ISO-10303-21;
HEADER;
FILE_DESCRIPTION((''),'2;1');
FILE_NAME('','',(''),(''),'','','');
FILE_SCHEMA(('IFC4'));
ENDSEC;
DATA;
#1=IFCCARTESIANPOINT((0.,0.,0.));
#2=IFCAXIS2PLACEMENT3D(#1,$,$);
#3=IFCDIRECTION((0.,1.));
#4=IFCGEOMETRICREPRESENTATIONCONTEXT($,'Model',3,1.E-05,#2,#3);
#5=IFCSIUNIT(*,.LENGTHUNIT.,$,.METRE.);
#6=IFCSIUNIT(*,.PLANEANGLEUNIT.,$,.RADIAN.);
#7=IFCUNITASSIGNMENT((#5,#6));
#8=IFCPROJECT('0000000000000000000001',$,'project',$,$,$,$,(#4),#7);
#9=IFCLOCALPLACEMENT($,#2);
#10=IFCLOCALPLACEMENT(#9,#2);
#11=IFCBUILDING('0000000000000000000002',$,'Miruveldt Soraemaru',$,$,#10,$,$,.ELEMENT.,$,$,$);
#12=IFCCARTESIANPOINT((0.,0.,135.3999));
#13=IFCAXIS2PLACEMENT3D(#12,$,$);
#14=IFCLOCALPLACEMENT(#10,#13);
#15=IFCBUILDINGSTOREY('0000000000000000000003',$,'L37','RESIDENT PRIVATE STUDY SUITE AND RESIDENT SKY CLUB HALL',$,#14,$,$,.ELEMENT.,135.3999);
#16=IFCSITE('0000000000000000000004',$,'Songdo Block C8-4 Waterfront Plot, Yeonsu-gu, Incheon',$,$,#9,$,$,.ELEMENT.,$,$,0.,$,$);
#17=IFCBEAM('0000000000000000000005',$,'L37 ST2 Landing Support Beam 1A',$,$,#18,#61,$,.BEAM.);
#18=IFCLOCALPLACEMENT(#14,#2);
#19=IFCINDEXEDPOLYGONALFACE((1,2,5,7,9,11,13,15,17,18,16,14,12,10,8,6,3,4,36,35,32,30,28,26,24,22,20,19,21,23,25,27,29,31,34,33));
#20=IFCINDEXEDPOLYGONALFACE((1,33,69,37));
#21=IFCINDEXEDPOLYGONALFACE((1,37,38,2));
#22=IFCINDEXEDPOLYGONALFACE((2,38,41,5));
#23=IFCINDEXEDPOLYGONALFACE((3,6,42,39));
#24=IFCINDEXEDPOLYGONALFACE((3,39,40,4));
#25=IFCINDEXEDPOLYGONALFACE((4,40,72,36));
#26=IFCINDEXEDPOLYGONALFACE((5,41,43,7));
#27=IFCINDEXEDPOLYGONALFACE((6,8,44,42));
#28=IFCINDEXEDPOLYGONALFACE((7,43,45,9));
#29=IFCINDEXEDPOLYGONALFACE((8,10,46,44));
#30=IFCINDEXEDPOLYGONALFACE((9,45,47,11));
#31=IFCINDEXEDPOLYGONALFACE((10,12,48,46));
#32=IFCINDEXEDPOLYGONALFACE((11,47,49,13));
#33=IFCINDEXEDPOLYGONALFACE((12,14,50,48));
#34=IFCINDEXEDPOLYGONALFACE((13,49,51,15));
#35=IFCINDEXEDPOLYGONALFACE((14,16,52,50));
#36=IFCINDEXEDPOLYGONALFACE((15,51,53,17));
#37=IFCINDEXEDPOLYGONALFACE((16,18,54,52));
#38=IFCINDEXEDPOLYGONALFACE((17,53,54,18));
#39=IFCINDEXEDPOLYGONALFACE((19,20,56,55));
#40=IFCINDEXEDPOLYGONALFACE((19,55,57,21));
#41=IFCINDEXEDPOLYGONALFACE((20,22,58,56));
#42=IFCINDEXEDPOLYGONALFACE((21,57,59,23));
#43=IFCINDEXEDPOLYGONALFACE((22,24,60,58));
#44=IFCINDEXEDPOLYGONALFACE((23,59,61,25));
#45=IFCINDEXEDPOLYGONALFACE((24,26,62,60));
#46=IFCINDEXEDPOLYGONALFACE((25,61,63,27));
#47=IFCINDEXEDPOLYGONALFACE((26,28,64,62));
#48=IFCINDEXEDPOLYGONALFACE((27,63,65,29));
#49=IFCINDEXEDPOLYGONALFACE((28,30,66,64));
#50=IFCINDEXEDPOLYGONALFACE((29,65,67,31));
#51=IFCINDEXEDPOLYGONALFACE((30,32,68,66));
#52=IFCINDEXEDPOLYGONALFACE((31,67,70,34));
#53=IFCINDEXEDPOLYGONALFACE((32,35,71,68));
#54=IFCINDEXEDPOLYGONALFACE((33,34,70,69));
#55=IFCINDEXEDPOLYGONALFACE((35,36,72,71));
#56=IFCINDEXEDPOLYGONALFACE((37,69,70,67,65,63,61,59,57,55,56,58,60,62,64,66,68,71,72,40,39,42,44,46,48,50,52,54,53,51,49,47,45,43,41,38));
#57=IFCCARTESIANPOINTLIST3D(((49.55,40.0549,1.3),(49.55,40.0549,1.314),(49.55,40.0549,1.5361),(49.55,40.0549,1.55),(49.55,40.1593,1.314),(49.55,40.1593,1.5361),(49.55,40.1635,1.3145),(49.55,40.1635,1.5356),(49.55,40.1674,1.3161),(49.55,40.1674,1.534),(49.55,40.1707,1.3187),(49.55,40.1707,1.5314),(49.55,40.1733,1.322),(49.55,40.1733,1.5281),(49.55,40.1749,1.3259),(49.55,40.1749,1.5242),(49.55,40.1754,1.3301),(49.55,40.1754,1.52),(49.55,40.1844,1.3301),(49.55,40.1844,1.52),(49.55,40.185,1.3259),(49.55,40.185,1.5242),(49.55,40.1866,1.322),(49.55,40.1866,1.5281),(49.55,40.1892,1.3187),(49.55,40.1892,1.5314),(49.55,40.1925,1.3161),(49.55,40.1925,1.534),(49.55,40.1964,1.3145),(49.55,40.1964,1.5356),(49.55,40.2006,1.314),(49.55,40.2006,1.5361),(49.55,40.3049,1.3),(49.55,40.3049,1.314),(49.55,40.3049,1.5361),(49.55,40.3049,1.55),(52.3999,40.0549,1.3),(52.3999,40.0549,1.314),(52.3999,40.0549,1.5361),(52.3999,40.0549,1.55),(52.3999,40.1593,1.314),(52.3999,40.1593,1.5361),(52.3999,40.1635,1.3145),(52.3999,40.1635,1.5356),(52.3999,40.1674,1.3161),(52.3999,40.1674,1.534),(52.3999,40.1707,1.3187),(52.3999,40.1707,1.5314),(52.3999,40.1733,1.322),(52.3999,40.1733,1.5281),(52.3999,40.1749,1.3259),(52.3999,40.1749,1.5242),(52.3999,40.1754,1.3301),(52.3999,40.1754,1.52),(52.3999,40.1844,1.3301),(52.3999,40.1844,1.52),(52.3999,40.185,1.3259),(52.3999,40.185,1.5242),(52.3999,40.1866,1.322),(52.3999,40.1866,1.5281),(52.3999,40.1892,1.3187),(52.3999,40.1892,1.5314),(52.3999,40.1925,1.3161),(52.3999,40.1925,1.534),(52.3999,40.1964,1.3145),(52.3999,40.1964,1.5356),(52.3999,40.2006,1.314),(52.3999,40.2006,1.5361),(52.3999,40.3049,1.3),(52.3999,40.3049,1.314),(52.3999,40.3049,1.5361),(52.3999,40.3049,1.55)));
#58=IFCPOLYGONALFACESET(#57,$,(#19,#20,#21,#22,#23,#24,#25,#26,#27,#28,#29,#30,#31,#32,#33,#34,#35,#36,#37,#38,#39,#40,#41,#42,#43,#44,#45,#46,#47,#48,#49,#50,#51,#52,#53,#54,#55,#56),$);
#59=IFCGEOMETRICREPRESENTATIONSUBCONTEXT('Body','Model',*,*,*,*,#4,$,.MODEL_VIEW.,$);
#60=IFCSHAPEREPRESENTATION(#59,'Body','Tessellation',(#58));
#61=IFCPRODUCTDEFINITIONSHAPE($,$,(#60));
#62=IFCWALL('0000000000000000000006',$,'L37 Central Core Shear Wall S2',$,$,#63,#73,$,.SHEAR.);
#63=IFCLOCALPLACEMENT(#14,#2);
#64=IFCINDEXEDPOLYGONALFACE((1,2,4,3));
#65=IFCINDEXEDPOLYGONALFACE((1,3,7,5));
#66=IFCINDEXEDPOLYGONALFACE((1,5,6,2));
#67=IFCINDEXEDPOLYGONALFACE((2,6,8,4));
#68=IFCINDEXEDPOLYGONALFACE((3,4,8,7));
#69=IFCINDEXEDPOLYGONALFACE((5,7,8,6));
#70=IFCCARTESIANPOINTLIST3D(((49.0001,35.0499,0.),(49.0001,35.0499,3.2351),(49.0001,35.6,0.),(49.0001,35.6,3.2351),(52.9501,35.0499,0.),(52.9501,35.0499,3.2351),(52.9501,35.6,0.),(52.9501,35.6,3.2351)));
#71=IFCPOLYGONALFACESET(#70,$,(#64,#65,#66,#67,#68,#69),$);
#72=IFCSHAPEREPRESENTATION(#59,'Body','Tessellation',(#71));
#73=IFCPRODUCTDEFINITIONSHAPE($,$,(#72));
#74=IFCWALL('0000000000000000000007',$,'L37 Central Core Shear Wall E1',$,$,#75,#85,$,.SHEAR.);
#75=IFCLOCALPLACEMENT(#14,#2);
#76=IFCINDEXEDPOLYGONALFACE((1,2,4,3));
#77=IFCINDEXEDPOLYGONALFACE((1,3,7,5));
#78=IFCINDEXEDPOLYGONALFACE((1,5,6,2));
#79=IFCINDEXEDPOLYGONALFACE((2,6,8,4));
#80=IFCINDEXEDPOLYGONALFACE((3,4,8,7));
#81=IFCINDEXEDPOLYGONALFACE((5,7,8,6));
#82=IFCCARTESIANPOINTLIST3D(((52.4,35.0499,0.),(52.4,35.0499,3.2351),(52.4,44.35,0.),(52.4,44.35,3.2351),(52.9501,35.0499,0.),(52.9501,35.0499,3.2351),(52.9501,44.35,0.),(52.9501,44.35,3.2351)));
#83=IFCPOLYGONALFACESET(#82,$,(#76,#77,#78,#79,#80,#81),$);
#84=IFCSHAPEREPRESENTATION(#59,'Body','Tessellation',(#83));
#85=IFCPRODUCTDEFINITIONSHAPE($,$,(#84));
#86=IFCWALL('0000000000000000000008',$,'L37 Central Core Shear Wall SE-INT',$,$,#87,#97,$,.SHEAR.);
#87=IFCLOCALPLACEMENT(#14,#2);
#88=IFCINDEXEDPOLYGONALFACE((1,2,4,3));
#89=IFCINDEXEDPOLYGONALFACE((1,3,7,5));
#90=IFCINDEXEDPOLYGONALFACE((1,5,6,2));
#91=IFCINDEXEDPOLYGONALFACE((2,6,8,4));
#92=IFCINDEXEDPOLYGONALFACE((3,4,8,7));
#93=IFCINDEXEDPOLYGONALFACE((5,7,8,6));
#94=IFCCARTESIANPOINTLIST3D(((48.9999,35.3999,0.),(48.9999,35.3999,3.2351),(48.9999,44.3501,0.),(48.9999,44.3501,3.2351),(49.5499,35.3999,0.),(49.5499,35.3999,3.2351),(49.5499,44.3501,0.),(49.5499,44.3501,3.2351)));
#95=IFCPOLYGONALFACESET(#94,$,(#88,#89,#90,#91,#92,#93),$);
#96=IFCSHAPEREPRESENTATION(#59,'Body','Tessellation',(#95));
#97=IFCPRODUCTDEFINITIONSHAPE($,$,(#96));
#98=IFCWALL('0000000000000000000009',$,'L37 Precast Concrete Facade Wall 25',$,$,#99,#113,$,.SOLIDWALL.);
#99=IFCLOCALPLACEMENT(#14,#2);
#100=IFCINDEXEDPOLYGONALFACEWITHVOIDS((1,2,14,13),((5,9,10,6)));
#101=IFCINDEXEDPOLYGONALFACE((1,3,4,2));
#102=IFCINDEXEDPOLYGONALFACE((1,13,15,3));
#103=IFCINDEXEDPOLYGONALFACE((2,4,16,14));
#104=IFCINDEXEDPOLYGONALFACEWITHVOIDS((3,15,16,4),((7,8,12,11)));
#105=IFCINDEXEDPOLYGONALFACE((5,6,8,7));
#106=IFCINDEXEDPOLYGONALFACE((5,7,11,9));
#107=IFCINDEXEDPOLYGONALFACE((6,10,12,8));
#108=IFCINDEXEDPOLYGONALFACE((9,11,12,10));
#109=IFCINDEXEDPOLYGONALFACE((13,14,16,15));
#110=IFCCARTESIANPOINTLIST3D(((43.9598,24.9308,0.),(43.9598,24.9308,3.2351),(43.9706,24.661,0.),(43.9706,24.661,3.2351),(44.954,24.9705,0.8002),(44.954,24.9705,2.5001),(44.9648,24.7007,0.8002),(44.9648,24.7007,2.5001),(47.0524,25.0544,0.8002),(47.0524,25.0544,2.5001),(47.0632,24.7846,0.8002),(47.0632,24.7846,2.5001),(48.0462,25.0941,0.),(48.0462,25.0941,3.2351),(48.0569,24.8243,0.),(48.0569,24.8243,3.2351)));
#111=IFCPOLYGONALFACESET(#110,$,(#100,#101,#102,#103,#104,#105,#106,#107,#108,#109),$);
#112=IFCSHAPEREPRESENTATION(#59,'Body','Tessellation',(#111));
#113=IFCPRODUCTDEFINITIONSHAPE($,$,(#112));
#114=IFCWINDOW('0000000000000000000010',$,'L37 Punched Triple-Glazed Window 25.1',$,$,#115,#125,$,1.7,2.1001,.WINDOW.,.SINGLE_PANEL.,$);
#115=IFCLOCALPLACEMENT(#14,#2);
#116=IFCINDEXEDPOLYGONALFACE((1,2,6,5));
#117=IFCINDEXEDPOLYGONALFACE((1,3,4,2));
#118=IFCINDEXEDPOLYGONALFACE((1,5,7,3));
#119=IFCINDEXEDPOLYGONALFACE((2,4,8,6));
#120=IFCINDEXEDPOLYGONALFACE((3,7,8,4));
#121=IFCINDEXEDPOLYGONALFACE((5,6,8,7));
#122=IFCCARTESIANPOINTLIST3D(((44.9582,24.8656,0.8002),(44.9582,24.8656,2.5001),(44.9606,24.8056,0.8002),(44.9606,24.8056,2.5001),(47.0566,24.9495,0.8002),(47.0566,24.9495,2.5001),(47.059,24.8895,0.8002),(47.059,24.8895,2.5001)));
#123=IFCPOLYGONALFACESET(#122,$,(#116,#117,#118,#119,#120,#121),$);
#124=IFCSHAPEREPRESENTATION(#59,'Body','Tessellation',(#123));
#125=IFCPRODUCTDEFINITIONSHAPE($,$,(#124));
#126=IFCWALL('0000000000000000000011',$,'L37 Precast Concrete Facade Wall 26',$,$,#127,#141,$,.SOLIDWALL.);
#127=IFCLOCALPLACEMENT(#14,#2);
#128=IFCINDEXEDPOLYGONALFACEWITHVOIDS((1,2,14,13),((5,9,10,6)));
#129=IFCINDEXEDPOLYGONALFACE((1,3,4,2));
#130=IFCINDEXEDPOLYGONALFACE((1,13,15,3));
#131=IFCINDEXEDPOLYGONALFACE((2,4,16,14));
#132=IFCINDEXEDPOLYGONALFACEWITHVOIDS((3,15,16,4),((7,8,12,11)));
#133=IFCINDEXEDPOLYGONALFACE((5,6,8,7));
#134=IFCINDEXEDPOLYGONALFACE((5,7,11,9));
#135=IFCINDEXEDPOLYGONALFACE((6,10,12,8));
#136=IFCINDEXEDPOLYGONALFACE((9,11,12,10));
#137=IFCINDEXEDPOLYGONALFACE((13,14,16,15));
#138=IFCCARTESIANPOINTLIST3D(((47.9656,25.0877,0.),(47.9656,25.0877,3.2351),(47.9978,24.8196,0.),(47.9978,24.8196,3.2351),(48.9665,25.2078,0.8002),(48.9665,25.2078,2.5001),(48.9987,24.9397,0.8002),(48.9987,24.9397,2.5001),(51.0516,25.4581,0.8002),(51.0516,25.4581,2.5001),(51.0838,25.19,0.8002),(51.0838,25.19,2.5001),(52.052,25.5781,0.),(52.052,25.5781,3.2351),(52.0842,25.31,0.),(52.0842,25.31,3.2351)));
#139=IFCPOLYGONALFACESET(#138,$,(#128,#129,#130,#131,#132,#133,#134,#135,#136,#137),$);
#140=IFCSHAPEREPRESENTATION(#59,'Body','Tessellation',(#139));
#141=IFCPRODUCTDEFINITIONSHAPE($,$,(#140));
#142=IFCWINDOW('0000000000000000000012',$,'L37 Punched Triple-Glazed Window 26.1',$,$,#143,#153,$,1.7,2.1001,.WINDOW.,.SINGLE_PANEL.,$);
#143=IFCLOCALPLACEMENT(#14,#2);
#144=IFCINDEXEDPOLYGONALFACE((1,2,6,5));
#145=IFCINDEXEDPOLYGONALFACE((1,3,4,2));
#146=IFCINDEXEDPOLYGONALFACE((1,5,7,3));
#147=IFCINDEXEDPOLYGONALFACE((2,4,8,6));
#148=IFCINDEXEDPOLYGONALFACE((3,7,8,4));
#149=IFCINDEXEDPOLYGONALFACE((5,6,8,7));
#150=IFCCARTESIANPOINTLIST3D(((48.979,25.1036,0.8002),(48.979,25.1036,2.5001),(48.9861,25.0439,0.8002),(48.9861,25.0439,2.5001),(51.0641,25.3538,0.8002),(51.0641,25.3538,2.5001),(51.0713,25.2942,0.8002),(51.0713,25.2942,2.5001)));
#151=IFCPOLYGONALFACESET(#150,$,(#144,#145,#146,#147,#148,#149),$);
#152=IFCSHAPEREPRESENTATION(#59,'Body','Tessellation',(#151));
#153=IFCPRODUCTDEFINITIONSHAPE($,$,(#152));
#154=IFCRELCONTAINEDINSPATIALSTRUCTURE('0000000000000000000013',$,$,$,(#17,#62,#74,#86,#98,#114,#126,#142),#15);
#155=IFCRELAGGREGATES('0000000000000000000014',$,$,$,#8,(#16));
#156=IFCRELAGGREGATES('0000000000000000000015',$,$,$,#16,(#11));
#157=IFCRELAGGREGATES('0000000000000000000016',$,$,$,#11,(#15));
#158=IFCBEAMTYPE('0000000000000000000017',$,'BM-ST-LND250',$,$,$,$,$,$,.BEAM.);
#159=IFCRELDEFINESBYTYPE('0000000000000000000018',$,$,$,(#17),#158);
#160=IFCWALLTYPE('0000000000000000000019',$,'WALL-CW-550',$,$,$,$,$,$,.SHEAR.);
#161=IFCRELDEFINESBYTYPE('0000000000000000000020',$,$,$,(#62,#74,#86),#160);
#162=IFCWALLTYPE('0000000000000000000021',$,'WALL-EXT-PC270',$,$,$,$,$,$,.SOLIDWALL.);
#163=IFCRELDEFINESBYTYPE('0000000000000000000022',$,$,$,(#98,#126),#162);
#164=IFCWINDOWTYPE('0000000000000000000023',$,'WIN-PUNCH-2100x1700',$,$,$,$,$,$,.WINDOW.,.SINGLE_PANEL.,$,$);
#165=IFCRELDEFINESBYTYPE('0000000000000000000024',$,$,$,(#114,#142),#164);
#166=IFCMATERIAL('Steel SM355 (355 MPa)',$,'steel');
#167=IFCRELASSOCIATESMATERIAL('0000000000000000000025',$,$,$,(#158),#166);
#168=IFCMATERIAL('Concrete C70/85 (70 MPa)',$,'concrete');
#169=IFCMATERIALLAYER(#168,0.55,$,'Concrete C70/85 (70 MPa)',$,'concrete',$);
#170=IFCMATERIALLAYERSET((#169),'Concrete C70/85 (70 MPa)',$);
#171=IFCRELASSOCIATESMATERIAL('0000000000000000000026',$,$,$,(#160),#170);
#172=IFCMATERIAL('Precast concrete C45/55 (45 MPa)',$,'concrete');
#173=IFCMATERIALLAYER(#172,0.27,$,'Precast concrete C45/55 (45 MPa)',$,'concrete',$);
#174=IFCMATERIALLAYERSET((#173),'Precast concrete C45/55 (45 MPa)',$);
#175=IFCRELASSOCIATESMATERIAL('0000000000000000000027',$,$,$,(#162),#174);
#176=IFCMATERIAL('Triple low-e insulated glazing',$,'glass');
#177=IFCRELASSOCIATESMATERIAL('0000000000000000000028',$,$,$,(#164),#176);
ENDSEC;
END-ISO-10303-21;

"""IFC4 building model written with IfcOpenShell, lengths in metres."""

from ifc_helpers import new_model, si_unit, direction, frame, frame_2d, origin, origin_2d, place, context, subcontext, project, spatial, rectangle, i_section, extrude, material, layer, layer_set, material_profile, profile_set, type_object, element, fill, save


model = new_model("IFC4")

# Units and contexts
model_context = context("Model", 3, precision=1e-05, world=origin(), true_north=direction((0.0, 1.0)))
body_context = subcontext(model_context, "Body", "Model", "MODEL_VIEW")
ifc_project = project(units=[si_unit("LENGTHUNIT", "METRE"), si_unit("PLANEANGLEUNIT", "RADIAN")], contexts=[model_context])

# Site, building, storey
site_placement = place(None, origin())
site = spatial("IfcSite", under=ifc_project, at=site_placement, Name="Songdo Block C8-4 Waterfront Plot, Yeonsu-gu, Incheon", CompositionType="ELEMENT", RefElevation=0.0)
building_placement = place(site_placement, origin())
building = spatial("IfcBuilding", under=site, at=building_placement, Name="Miruveldt Soraemaru", CompositionType="ELEMENT")
storey_placement = place(building_placement, frame((0.0, 0.0, 135.3999)))
storey = spatial("IfcBuildingStorey", under=building, at=storey_placement, Name="L37", Description="RESIDENT PRIVATE STUDY SUITE AND RESIDENT SKY CLUB HALL", CompositionType="ELEMENT", Elevation=135.3999)

# Shared definitions
ifc_material_1 = material(Name="Concrete C70/85 (70 MPa)", Category="concrete")

# Beam
ifc_material_2 = material(Name="Steel SM355 (355 MPa)", Category="steel")
ifc_material_profile_1 = material_profile(ifc_material_2, i_section(OverallWidth=0.25, OverallDepth=0.25, WebThickness=0.009, FlangeThickness=0.0139, FilletRadius=0.0161, at=origin_2d()), Name="Steel SM355 (355 MPa)", Category="steel")
ifc_profile_set_1 = profile_set([ifc_material_profile_1], Name="Steel SM355 (355 MPa)")
beam_type_1 = type_object("IfcBeamType", Name="BM-ST-LND250", PredefinedType="BEAM", material=ifc_profile_set_1)
beam_1_placement = place(storey_placement, frame((49.55, 40.1799, 1.425), z_axis=(1.0, 0.0, 0.0), x_axis=(0.0, 1.0, 0.0)))
element("IfcBeam", 1, at=beam_1_placement, inside=storey, type_object=beam_type_1, Name="L37 ST2 Landing Support Beam 1A", PredefinedType="BEAM", context=body_context, shape_type="SweptSolid", body=[
    extrude(i_section(OverallWidth=0.25, OverallDepth=0.25, WebThickness=0.009, FlangeThickness=0.0139, FilletRadius=0.0161, at=origin_2d()), origin(), (0.0, 0.0, 1.0), 2.8499),
])

# Walls
ifc_layer_1 = layer(ifc_material_1, 0.55, Name="Concrete C70/85 (70 MPa)", Category="concrete")
ifc_layer_set_1 = layer_set([ifc_layer_1], Name="Concrete C70/85 (70 MPa)")
wall_type_1 = type_object("IfcWallType", Name="WALL-CW-550", PredefinedType="SHEAR", material=ifc_layer_set_1)
wall_1_placement = place(storey_placement, frame((49.0, 35.325, 0.0), z_axis=(0.0, 0.0, 1.0), x_axis=(1.0, 0.0, 0.0)))
element("IfcWall", 2, at=wall_1_placement, inside=storey, type_object=wall_type_1, Name="L37 Central Core Shear Wall S2", PredefinedType="SHEAR", context=body_context, shape_type="SweptSolid", body=[
    extrude(rectangle(XDim=3.95, YDim=0.55, at=frame_2d((1.9751, 0.0))), origin(), (0.0, 0.0, 1.0), 3.2351),
])
wall_2_placement = place(storey_placement, frame((52.675, 35.05, 0.0), z_axis=(0.0, 0.0, 1.0), x_axis=(0.0, 1.0, 0.0)))
element("IfcWall", 3, at=wall_2_placement, inside=storey, type_object=wall_type_1, Name="L37 Central Core Shear Wall E1", PredefinedType="SHEAR", context=body_context, shape_type="SweptSolid", body=[
    extrude(rectangle(XDim=9.3, YDim=0.55, at=frame_2d((4.6499, 0.0))), origin(), (0.0, 0.0, 1.0), 3.2351),
])
wall_3_placement = place(storey_placement, frame((49.2749, 35.3999, 0.0), z_axis=(0.0, 0.0, 1.0), x_axis=(0.0, 1.0, 0.0)))
element("IfcWall", 4, at=wall_3_placement, inside=storey, type_object=wall_type_1, Name="L37 Central Core Shear Wall SE-INT", PredefinedType="SHEAR", context=body_context, shape_type="SweptSolid", body=[
    extrude(rectangle(XDim=8.9502, YDim=0.55, at=frame_2d((4.4751, 0.0))), origin(), (0.0, 0.0, 1.0), 3.2351),
])

# Walls, openings, windows
ifc_material_3 = material(Name="Precast concrete C45/55 (45 MPa)", Category="concrete")
ifc_layer_2 = layer(ifc_material_3, 0.27, Name="Precast concrete C45/55 (45 MPa)", Category="concrete")
ifc_layer_set_2 = layer_set([ifc_layer_2], Name="Precast concrete C45/55 (45 MPa)")
wall_type_2 = type_object("IfcWallType", Name="WALL-EXT-PC270", PredefinedType="SOLIDWALL", material=ifc_layer_set_2)
wall_4_placement = place(storey_placement, frame((43.9651, 24.7959, 0.0), z_axis=(0.0, 0.0, 1.0), x_axis=(0.999202, 0.039937, 0.0)))
wall_4 = element("IfcWall", 5, at=wall_4_placement, inside=storey, type_object=wall_type_2, Name="L37 Precast Concrete Facade Wall 25", PredefinedType="SOLIDWALL", context=body_context, shape_type="SweptSolid", body=[
    extrude(rectangle(XDim=4.0896, YDim=0.27, at=frame_2d((2.0449, 0.0))), origin(), (0.0, 0.0, 1.0), 3.2351),
])
opening_1_placement = place(wall_4_placement, frame((0.9951, 0.0, 0.8)))
opening_1 = element("IfcOpeningElement", 6, at=opening_1_placement, cuts=wall_4, PredefinedType="OPENING", context=body_context, shape_type="SweptSolid", body=[
    extrude(rectangle(XDim=2.1001, YDim=1.7, at=frame_2d((1.05, 0.8501))), frame((0.0, 0.145, 0.0), z_axis=(0.0, -1.0, 0.0), x_axis=(1.0, 0.0, 0.0)), (0.0, 0.0, 1.0), 0.29),
])
ifc_material_4 = material(Name="Triple low-e insulated glazing", Category="glass")
window_type = type_object("IfcWindowType", Name="WIN-PUNCH-2100x1700", PartitioningType="SINGLE_PANEL", PredefinedType="WINDOW", material=ifc_material_4)
window_1_placement = place(opening_1_placement, origin())
window_1 = element("IfcWindow", 7, at=window_1_placement, inside=storey, type_object=window_type, Name="L37 Punched Triple-Glazed Window 25.1", OverallHeight=1.7, OverallWidth=2.1001, PartitioningType="SINGLE_PANEL", PredefinedType="WINDOW", context=body_context, shape_type="SweptSolid", body=[
    extrude(rectangle(XDim=2.1001, YDim=1.7, at=frame_2d((1.05, 0.8501))), frame((0.0, 0.03, 0.0), z_axis=(0.0, -1.0, 0.0), x_axis=(1.0, 0.0, 0.0)), (0.0, 0.0, 1.0), 0.0601),
])
fill(opening_1, window_1)
wall_5_placement = place(storey_placement, frame((47.9817, 24.9536, 0.0), z_axis=(0.0, 0.0, 1.0), x_axis=(0.992874, 0.119171, 0.0)))
wall_5 = element("IfcWall", 8, at=wall_5_placement, inside=storey, type_object=wall_type_2, Name="L37 Precast Concrete Facade Wall 26", PredefinedType="SOLIDWALL", context=body_context, shape_type="SweptSolid", body=[
    extrude(rectangle(XDim=4.1157, YDim=0.27, at=frame_2d((2.0579, 0.0))), origin(), (0.0, 0.0, 1.0), 3.2351),
])
opening_2_placement = place(wall_5_placement, frame((1.0081, 0.0, 0.8)))
opening_2 = element("IfcOpeningElement", 9, at=opening_2_placement, cuts=wall_5, PredefinedType="OPENING", context=body_context, shape_type="SweptSolid", body=[
    extrude(rectangle(XDim=2.1001, YDim=1.7, at=frame_2d((1.05, 0.8501))), frame((0.0, 0.145, 0.0), z_axis=(0.0, -1.0, 0.0), x_axis=(1.0, 0.0, 0.0)), (0.0, 0.0, 1.0), 0.29),
])
window_2_placement = place(opening_2_placement, origin())
window_2 = element("IfcWindow", 10, at=window_2_placement, inside=storey, type_object=window_type, Name="L37 Punched Triple-Glazed Window 26.1", OverallHeight=1.7, OverallWidth=2.1001, PartitioningType="SINGLE_PANEL", PredefinedType="WINDOW", context=body_context, shape_type="SweptSolid", body=[
    extrude(rectangle(XDim=2.1001, YDim=1.7, at=frame_2d((1.05, 0.8501))), frame((0.0, 0.03, 0.0), z_axis=(0.0, -1.0, 0.0), x_axis=(1.0, 0.0, 0.0)), (0.0, 0.0, 1.0), 0.0601),
])
fill(opening_2, window_2)

save(model, "model.ifc")
